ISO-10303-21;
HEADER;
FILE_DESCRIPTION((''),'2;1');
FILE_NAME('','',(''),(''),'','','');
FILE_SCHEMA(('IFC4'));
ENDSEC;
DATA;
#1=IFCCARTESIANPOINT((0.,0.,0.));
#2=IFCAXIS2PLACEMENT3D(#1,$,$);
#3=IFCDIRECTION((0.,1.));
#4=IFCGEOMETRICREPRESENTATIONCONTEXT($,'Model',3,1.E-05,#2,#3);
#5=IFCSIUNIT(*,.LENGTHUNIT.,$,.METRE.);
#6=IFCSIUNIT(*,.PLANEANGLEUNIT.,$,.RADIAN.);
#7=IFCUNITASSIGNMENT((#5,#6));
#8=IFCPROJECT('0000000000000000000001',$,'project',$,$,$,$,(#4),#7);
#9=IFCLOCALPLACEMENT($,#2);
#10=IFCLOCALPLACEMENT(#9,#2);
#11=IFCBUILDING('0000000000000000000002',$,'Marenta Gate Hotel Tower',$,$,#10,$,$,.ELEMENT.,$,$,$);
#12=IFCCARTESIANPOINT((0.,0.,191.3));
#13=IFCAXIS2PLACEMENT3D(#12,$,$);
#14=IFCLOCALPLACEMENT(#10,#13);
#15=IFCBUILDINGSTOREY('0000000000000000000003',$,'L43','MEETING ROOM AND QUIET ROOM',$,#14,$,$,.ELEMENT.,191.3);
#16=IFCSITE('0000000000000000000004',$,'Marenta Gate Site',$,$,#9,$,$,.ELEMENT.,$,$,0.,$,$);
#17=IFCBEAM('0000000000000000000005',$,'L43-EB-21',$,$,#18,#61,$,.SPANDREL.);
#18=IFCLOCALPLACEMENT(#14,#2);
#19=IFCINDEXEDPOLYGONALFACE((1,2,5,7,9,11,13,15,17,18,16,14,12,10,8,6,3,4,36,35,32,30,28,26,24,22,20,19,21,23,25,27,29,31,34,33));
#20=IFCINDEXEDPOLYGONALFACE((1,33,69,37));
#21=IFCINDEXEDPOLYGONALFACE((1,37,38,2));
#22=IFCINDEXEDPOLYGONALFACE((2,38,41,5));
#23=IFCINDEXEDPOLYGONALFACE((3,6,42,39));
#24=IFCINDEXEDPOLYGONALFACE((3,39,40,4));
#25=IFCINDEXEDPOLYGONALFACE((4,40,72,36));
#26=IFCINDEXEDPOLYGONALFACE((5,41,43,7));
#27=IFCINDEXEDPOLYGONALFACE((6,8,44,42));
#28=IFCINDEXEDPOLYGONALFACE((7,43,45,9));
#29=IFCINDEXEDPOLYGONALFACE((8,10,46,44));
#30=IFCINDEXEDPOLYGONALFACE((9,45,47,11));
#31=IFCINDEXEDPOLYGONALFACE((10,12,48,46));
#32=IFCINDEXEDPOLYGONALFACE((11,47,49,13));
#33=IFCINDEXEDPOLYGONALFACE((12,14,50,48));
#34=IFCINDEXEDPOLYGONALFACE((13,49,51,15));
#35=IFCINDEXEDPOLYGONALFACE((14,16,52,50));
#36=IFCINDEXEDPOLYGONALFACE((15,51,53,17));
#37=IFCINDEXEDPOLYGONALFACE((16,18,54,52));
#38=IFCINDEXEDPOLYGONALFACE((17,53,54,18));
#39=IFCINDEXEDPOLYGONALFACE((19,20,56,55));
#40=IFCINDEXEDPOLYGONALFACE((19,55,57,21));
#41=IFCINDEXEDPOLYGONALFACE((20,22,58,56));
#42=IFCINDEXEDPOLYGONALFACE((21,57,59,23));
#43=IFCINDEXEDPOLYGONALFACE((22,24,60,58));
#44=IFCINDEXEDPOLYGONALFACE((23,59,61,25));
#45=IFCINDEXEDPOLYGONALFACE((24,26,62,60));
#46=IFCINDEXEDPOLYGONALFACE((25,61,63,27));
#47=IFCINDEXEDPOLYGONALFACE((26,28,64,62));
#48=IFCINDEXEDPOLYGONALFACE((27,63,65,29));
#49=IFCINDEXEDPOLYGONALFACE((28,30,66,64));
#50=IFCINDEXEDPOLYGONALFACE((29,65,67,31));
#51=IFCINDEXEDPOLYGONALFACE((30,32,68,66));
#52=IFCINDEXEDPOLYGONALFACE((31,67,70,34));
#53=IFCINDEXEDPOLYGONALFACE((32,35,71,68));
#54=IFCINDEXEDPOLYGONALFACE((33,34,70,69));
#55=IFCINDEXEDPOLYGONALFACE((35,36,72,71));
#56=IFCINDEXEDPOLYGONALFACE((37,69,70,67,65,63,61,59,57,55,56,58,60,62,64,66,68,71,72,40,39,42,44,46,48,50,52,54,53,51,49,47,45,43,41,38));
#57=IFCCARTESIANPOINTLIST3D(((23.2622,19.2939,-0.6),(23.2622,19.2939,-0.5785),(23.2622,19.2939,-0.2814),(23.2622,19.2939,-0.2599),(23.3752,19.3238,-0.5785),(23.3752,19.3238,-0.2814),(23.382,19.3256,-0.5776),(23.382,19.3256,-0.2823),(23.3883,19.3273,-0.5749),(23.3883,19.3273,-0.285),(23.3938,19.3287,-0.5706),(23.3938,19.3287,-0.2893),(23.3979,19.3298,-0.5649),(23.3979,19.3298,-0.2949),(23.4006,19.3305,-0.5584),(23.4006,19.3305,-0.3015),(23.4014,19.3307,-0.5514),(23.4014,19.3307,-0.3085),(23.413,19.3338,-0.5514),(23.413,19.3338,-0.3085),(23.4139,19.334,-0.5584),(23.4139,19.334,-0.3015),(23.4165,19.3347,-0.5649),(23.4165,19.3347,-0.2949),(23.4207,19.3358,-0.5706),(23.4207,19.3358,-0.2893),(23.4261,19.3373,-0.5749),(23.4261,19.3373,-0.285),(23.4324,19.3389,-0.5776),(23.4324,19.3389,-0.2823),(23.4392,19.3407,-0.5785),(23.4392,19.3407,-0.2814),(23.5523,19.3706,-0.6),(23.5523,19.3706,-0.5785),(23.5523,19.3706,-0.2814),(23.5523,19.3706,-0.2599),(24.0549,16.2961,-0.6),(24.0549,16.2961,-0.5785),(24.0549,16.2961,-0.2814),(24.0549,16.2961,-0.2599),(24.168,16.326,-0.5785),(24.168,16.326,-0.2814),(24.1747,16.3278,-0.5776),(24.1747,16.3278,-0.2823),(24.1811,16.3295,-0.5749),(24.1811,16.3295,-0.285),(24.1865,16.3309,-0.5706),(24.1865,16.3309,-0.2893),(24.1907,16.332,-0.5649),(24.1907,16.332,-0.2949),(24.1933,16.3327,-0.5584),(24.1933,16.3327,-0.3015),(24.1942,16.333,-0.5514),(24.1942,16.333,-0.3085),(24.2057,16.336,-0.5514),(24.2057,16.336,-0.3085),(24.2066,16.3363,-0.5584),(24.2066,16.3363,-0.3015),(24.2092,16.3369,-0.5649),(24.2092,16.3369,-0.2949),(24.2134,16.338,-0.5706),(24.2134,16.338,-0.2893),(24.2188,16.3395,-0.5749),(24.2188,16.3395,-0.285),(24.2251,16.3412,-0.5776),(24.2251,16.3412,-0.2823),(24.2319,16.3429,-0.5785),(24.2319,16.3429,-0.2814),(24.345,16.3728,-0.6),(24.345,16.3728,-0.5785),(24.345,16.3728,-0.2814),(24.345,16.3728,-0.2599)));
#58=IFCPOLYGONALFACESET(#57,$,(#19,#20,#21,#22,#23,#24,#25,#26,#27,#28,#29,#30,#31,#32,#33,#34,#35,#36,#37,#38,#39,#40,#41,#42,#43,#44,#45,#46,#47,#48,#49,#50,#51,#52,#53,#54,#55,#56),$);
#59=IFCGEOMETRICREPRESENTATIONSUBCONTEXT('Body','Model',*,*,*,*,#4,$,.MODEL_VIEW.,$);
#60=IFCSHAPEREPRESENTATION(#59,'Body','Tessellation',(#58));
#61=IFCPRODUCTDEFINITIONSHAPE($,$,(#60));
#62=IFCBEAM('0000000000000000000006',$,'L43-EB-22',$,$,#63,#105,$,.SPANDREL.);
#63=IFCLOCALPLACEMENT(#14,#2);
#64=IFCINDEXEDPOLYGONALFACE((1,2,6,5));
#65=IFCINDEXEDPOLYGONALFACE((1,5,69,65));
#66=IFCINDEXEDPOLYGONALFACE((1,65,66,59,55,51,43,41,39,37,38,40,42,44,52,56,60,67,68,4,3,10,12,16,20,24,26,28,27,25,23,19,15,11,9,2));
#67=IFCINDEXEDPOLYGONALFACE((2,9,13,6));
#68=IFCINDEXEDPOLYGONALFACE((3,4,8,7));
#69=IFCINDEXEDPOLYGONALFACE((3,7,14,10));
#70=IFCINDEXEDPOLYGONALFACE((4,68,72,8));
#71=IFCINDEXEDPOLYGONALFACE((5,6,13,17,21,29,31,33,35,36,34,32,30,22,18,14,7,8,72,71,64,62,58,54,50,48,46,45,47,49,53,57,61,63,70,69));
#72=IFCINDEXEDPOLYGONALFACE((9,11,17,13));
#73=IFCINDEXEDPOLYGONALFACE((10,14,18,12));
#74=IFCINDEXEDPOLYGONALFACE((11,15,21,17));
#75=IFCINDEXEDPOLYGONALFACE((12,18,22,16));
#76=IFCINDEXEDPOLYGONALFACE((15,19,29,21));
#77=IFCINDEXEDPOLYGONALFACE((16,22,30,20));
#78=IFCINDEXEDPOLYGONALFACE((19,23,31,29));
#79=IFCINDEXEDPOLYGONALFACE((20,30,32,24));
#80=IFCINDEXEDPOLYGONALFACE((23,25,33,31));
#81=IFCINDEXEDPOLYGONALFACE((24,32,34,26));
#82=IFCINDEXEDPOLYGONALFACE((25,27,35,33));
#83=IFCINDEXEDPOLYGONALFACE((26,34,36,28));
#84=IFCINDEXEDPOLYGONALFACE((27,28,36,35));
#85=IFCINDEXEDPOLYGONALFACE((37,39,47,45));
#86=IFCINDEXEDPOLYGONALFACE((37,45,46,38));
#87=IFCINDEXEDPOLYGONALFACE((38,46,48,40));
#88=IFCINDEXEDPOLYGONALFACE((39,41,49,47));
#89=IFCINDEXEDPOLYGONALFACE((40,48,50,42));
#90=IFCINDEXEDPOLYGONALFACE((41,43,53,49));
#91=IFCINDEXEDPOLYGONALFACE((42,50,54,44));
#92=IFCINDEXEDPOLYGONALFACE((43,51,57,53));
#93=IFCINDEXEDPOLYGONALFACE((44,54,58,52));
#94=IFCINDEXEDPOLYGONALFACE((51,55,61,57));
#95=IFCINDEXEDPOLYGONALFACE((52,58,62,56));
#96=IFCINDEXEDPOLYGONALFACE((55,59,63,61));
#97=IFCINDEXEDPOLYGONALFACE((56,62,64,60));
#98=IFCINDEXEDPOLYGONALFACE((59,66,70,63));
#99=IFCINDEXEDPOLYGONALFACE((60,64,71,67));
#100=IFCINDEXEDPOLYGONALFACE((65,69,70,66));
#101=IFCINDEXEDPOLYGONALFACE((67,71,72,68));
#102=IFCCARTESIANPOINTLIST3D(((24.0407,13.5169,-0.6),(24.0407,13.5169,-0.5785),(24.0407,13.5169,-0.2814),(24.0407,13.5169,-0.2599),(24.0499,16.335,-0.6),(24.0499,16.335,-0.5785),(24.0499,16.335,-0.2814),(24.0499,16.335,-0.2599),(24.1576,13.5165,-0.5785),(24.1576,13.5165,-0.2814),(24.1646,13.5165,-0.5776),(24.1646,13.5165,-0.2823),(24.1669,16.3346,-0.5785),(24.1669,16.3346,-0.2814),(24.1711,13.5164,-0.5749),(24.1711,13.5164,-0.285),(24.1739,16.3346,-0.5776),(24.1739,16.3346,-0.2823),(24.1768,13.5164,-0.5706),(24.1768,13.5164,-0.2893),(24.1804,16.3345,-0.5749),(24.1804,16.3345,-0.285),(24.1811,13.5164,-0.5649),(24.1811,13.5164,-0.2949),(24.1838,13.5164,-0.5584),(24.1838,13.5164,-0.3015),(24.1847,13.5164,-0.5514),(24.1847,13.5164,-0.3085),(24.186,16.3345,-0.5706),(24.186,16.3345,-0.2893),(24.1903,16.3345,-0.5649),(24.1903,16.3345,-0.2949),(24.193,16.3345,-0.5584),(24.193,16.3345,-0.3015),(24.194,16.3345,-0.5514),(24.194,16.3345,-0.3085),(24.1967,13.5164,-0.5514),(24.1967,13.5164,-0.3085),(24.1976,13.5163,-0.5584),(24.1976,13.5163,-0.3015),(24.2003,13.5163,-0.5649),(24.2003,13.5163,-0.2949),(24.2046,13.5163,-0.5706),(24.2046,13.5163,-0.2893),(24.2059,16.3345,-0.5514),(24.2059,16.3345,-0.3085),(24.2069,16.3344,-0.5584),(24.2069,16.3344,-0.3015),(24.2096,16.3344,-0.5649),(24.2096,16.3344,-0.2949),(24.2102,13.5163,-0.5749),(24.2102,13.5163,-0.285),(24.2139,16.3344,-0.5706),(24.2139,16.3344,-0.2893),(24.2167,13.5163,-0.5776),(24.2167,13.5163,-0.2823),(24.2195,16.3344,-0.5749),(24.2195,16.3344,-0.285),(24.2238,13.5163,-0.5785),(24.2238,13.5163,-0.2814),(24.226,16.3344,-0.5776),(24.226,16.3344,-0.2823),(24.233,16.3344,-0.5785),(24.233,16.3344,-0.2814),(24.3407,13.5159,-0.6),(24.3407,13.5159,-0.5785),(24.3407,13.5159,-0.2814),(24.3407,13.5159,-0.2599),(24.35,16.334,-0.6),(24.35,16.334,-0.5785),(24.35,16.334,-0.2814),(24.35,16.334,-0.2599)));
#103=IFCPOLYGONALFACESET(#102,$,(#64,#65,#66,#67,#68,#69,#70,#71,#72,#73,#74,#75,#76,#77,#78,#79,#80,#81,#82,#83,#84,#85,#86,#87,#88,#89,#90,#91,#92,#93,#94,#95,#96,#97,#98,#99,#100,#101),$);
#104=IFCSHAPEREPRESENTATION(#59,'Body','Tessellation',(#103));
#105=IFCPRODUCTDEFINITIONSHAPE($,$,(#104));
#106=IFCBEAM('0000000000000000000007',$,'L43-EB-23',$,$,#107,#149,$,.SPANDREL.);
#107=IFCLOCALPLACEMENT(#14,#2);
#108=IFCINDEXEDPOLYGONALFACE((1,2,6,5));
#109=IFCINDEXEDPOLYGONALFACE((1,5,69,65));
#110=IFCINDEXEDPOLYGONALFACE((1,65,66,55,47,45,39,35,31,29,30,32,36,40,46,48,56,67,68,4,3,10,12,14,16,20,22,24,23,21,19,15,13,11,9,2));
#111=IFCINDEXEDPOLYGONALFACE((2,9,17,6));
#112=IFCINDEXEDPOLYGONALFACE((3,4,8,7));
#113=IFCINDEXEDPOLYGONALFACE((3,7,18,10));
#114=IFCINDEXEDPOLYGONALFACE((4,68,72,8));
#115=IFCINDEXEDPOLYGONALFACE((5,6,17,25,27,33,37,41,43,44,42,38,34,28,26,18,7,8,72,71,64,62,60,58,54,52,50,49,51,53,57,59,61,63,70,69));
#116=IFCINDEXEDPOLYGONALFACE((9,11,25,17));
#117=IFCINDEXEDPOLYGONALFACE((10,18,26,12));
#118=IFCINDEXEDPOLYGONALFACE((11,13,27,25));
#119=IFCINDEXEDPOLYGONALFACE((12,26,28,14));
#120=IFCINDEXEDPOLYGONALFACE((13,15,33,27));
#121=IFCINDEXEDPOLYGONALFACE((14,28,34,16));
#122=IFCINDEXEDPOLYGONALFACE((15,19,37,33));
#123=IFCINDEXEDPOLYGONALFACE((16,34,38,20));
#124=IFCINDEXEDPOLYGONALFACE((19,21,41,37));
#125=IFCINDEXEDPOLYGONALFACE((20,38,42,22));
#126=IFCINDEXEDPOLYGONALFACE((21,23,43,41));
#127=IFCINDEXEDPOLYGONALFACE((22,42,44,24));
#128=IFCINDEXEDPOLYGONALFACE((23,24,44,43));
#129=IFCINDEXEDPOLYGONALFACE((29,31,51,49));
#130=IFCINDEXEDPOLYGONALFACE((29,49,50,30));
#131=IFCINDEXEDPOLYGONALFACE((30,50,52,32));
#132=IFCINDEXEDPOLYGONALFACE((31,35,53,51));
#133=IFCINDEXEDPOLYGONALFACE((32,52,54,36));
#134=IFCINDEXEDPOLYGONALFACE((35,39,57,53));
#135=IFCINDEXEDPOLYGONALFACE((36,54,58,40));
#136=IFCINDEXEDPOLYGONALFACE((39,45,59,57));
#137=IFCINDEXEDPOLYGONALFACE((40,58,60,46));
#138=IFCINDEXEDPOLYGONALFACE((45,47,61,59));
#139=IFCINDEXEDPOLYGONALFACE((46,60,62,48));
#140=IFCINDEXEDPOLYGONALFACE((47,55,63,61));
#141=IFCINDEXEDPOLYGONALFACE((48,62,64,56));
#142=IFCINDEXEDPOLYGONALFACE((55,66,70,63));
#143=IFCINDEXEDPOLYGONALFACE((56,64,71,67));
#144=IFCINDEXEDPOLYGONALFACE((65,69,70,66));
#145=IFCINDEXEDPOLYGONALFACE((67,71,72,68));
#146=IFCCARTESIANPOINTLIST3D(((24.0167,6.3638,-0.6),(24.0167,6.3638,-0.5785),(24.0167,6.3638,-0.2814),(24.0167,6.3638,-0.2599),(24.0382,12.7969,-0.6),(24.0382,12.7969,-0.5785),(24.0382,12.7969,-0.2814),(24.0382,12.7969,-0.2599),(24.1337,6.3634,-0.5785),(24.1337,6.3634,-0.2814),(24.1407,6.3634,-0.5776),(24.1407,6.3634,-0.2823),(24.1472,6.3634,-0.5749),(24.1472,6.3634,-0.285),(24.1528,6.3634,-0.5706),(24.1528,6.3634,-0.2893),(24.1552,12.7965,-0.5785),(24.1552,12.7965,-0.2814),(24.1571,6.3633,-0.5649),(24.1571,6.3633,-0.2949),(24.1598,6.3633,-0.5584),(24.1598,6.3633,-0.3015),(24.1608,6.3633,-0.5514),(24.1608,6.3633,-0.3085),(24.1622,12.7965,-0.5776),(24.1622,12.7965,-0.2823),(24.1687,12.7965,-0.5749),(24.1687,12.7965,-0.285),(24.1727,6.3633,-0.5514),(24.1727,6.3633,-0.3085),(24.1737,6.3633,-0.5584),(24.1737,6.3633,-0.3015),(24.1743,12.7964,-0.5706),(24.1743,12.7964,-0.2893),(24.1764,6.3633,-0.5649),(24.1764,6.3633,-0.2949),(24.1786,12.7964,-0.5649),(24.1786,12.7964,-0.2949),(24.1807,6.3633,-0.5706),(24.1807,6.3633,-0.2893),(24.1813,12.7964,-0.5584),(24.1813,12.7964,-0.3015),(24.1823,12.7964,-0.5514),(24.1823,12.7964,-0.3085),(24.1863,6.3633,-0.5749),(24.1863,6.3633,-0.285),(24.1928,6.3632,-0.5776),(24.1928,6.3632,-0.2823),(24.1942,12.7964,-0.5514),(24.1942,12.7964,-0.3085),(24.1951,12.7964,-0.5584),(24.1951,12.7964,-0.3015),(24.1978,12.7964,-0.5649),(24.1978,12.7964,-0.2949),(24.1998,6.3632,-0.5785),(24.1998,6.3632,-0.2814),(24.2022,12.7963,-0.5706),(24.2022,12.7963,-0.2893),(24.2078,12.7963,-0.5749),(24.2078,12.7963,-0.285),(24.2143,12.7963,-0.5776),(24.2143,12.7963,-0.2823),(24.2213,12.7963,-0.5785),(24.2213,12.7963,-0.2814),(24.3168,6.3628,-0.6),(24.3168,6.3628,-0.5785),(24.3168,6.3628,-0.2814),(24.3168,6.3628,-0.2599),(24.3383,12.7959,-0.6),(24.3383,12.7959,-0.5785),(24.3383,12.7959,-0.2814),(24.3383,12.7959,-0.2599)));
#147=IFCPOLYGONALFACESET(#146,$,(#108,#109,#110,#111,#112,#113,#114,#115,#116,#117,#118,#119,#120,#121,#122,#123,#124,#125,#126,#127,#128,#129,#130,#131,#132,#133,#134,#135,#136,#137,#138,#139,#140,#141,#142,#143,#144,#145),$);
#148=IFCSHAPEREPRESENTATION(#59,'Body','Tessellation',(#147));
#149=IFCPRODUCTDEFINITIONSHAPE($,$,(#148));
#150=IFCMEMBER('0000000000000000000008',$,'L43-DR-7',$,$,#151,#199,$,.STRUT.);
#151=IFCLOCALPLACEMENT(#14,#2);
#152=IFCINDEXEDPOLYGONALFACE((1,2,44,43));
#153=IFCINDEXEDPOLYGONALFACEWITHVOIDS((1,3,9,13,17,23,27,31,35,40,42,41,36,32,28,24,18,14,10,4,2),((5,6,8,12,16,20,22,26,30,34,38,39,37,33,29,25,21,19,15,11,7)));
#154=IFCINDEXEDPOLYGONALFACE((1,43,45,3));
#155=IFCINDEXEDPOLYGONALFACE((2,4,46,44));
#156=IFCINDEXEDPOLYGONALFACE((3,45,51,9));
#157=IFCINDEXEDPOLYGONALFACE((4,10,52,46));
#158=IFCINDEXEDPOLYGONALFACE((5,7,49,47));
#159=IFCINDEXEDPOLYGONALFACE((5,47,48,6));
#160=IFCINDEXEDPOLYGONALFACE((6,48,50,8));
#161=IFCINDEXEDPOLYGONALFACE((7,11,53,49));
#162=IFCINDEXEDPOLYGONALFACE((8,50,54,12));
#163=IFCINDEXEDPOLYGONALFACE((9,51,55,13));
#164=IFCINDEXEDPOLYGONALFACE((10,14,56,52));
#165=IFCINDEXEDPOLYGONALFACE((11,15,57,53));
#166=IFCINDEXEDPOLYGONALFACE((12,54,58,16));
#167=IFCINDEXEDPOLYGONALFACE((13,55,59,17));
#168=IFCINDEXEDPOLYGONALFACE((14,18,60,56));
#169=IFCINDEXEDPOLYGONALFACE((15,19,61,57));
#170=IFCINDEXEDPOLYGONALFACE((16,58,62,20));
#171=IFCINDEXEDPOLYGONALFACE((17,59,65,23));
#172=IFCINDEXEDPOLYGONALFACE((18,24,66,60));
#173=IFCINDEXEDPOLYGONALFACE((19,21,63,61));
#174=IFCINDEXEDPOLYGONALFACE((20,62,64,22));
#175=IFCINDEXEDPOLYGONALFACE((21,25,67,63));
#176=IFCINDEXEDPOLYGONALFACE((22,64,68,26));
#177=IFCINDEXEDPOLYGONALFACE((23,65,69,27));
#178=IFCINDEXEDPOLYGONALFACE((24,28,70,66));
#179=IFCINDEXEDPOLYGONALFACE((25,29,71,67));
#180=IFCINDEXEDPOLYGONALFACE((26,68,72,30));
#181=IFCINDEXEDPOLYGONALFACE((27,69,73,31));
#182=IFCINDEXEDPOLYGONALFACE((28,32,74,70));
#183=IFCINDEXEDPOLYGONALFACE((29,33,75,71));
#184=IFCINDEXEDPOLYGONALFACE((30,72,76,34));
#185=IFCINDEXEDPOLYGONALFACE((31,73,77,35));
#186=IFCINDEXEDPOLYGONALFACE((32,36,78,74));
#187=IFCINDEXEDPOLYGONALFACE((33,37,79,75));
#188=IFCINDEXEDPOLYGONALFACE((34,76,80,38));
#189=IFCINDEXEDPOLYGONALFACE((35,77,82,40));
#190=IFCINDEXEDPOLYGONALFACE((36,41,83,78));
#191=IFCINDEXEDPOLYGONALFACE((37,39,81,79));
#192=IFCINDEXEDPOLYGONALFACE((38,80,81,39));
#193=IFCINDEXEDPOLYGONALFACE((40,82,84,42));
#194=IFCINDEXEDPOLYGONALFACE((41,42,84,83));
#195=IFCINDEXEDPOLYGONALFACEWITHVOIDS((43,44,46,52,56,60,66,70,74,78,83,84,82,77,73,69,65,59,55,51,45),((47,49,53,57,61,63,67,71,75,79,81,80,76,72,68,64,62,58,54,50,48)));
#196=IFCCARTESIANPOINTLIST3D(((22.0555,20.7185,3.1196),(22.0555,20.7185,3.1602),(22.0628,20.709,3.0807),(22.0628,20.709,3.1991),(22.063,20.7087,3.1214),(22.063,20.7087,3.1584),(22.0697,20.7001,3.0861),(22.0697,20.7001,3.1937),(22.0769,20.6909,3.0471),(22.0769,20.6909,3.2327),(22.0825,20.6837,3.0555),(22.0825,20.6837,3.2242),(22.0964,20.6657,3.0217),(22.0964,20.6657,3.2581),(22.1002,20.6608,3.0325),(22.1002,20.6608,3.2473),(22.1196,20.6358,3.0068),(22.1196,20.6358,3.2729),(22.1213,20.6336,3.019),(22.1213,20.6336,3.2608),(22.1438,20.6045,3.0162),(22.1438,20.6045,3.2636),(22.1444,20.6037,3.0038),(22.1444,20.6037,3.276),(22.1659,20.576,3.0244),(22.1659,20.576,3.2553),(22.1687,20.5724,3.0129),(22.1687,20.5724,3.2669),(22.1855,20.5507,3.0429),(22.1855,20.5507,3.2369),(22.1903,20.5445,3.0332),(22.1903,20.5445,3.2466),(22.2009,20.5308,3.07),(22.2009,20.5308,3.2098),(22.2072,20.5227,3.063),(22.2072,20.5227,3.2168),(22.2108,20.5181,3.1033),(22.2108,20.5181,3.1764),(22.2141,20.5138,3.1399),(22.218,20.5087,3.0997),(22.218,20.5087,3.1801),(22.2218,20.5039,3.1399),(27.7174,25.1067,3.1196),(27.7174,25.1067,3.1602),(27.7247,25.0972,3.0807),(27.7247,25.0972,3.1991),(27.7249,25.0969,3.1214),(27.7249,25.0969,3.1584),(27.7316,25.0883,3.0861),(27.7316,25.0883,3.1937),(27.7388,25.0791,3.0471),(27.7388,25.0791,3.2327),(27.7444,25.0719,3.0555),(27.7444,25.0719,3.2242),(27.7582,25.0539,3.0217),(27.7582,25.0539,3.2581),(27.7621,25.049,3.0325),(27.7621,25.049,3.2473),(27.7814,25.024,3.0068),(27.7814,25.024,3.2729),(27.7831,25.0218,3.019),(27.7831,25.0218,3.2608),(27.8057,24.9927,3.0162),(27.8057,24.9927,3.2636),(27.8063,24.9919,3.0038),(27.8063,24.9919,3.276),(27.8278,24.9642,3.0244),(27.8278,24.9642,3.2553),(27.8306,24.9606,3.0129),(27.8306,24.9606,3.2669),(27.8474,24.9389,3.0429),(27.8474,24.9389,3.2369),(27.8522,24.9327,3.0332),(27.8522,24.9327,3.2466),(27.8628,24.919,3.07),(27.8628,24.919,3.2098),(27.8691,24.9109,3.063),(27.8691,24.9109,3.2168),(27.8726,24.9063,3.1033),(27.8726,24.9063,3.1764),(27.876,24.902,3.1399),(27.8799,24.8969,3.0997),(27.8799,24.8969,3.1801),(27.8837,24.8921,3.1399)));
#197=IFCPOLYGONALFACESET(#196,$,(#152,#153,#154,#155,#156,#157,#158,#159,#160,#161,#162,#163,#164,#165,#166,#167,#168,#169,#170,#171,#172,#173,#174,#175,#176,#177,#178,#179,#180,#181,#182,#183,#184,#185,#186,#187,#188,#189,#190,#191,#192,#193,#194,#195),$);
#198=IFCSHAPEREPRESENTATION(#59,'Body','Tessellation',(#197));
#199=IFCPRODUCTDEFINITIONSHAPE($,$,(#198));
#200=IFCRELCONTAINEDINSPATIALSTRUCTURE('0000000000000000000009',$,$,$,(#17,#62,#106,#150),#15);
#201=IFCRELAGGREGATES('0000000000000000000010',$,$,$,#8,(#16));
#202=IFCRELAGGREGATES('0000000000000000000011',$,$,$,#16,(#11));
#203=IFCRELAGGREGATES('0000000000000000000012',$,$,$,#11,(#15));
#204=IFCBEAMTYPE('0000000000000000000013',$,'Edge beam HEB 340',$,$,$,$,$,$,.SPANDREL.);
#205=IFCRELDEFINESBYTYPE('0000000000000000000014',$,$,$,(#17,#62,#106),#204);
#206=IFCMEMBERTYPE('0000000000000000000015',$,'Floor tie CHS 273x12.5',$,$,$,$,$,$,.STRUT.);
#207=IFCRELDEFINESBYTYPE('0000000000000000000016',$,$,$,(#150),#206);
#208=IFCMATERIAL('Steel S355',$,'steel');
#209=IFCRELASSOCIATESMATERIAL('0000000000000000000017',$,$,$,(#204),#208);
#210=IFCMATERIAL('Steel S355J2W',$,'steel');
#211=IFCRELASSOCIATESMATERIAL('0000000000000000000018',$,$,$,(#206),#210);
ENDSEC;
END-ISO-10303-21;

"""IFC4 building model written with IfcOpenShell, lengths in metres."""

from ifc_helpers import new_model, si_unit, direction, frame, origin, origin_2d, place, context, subcontext, project, spatial, hollow_circle, i_section, extrude, material, material_profile, profile_set, type_object, element, save


model = new_model("IFC4")

# Units and contexts
model_context = context("Model", 3, precision=1e-05, world=origin(), true_north=direction((0.0, 1.0)))
body_context = subcontext(model_context, "Body", "Model", "MODEL_VIEW")
ifc_project = project(units=[si_unit("LENGTHUNIT", "METRE"), si_unit("PLANEANGLEUNIT", "RADIAN")], contexts=[model_context])

# Site, building, storey
site_placement = place(None, origin())
site = spatial("IfcSite", under=ifc_project, at=site_placement, Name="Marenta Gate Site", CompositionType="ELEMENT", RefElevation=0.0)
building_placement = place(site_placement, origin())
building = spatial("IfcBuilding", under=site, at=building_placement, Name="Marenta Gate Hotel Tower", CompositionType="ELEMENT")
storey_placement = place(building_placement, frame((0.0, 0.0, 191.3)))
storey = spatial("IfcBuildingStorey", under=building, at=storey_placement, Name="L43", Description="MEETING ROOM AND QUIET ROOM", CompositionType="ELEMENT", Elevation=191.3)

# Beams
ifc_material_1 = material(Name="Steel S355", Category="steel")
ifc_material_profile_1 = material_profile(ifc_material_1, i_section(OverallWidth=0.3, OverallDepth=0.3401, WebThickness=0.012, FlangeThickness=0.0215, FilletRadius=0.0271, at=origin_2d()), Name="HEB 340")
ifc_profile_set_1 = profile_set([ifc_material_profile_1], Name="Steel S355")
beam_type = type_object("IfcBeamType", Name="Edge beam HEB 340", PredefinedType="SPANDREL", material=ifc_profile_set_1)
beam_1_placement = place(storey_placement, frame((23.4072, 19.3323, -0.4299), z_axis=(0.255648, -0.96677, 0.0), x_axis=(0.96677, 0.255648, 0.0)))
element("IfcBeam", 1, at=beam_1_placement, inside=storey, type_object=beam_type, Name="L43-EB-21", PredefinedType="SPANDREL", context=body_context, shape_type="SweptSolid", body=[
    extrude(i_section(OverallWidth=0.3, OverallDepth=0.3401, WebThickness=0.012, FlangeThickness=0.0215, FilletRadius=0.0271, at=origin_2d()), origin(), (0.0, 0.0, 1.0), 3.1008),
])
beam_2_placement = place(storey_placement, frame((24.2, 16.3345, -0.4299), z_axis=(-0.003292, -0.999995, 0.0), x_axis=(0.999995, -0.003292, 0.0)))
element("IfcBeam", 2, at=beam_2_placement, inside=storey, type_object=beam_type, Name="L43-EB-22", PredefinedType="SPANDREL", context=body_context, shape_type="SweptSolid", body=[
    extrude(i_section(OverallWidth=0.3, OverallDepth=0.3401, WebThickness=0.012, FlangeThickness=0.0215, FilletRadius=0.0271, at=origin_2d()), origin(), (0.0, 0.0, 1.0), 2.8181),
])
beam_3_placement = place(storey_placement, frame((24.1882, 12.7964, -0.4299), z_axis=(-0.00334, -0.999994, 0.0), x_axis=(0.999994, -0.00334, 0.0)))
element("IfcBeam", 3, at=beam_3_placement, inside=storey, type_object=beam_type, Name="L43-EB-23", PredefinedType="SPANDREL", context=body_context, shape_type="SweptSolid", body=[
    extrude(i_section(OverallWidth=0.3, OverallDepth=0.3401, WebThickness=0.012, FlangeThickness=0.0215, FilletRadius=0.0271, at=origin_2d()), origin(), (0.0, 0.0, 1.0), 6.4331),
])

# Member
ifc_material_2 = material(Name="Steel S355J2W", Category="steel")
ifc_material_profile_2 = material_profile(ifc_material_2, hollow_circle(Radius=0.1365, WallThickness=0.0125, at=origin_2d()), Name="CHS 273x12.5")
ifc_profile_set_2 = profile_set([ifc_material_profile_2], Name="Steel S355J2W")
member_type_1 = type_object("IfcMemberType", Name="Floor tie CHS 273x12.5", PredefinedType="STRUT", material=ifc_profile_set_2)
member_1_placement = place(storey_placement, frame((27.8, 25.0, 3.1399), z_axis=(-0.790399, -0.612592, 0.0), x_axis=(0.612592, -0.790399, 0.0)))
element("IfcMember", 4, at=member_1_placement, inside=storey, type_object=member_type_1, Name="L43-DR-7", PredefinedType="STRUT", context=body_context, shape_type="SweptSolid", body=[
    extrude(hollow_circle(Radius=0.1365, WallThickness=0.0125, at=origin_2d()), origin(), (0.0, 0.0, 1.0), 7.1633),
])

save(model, "model.ifc")
